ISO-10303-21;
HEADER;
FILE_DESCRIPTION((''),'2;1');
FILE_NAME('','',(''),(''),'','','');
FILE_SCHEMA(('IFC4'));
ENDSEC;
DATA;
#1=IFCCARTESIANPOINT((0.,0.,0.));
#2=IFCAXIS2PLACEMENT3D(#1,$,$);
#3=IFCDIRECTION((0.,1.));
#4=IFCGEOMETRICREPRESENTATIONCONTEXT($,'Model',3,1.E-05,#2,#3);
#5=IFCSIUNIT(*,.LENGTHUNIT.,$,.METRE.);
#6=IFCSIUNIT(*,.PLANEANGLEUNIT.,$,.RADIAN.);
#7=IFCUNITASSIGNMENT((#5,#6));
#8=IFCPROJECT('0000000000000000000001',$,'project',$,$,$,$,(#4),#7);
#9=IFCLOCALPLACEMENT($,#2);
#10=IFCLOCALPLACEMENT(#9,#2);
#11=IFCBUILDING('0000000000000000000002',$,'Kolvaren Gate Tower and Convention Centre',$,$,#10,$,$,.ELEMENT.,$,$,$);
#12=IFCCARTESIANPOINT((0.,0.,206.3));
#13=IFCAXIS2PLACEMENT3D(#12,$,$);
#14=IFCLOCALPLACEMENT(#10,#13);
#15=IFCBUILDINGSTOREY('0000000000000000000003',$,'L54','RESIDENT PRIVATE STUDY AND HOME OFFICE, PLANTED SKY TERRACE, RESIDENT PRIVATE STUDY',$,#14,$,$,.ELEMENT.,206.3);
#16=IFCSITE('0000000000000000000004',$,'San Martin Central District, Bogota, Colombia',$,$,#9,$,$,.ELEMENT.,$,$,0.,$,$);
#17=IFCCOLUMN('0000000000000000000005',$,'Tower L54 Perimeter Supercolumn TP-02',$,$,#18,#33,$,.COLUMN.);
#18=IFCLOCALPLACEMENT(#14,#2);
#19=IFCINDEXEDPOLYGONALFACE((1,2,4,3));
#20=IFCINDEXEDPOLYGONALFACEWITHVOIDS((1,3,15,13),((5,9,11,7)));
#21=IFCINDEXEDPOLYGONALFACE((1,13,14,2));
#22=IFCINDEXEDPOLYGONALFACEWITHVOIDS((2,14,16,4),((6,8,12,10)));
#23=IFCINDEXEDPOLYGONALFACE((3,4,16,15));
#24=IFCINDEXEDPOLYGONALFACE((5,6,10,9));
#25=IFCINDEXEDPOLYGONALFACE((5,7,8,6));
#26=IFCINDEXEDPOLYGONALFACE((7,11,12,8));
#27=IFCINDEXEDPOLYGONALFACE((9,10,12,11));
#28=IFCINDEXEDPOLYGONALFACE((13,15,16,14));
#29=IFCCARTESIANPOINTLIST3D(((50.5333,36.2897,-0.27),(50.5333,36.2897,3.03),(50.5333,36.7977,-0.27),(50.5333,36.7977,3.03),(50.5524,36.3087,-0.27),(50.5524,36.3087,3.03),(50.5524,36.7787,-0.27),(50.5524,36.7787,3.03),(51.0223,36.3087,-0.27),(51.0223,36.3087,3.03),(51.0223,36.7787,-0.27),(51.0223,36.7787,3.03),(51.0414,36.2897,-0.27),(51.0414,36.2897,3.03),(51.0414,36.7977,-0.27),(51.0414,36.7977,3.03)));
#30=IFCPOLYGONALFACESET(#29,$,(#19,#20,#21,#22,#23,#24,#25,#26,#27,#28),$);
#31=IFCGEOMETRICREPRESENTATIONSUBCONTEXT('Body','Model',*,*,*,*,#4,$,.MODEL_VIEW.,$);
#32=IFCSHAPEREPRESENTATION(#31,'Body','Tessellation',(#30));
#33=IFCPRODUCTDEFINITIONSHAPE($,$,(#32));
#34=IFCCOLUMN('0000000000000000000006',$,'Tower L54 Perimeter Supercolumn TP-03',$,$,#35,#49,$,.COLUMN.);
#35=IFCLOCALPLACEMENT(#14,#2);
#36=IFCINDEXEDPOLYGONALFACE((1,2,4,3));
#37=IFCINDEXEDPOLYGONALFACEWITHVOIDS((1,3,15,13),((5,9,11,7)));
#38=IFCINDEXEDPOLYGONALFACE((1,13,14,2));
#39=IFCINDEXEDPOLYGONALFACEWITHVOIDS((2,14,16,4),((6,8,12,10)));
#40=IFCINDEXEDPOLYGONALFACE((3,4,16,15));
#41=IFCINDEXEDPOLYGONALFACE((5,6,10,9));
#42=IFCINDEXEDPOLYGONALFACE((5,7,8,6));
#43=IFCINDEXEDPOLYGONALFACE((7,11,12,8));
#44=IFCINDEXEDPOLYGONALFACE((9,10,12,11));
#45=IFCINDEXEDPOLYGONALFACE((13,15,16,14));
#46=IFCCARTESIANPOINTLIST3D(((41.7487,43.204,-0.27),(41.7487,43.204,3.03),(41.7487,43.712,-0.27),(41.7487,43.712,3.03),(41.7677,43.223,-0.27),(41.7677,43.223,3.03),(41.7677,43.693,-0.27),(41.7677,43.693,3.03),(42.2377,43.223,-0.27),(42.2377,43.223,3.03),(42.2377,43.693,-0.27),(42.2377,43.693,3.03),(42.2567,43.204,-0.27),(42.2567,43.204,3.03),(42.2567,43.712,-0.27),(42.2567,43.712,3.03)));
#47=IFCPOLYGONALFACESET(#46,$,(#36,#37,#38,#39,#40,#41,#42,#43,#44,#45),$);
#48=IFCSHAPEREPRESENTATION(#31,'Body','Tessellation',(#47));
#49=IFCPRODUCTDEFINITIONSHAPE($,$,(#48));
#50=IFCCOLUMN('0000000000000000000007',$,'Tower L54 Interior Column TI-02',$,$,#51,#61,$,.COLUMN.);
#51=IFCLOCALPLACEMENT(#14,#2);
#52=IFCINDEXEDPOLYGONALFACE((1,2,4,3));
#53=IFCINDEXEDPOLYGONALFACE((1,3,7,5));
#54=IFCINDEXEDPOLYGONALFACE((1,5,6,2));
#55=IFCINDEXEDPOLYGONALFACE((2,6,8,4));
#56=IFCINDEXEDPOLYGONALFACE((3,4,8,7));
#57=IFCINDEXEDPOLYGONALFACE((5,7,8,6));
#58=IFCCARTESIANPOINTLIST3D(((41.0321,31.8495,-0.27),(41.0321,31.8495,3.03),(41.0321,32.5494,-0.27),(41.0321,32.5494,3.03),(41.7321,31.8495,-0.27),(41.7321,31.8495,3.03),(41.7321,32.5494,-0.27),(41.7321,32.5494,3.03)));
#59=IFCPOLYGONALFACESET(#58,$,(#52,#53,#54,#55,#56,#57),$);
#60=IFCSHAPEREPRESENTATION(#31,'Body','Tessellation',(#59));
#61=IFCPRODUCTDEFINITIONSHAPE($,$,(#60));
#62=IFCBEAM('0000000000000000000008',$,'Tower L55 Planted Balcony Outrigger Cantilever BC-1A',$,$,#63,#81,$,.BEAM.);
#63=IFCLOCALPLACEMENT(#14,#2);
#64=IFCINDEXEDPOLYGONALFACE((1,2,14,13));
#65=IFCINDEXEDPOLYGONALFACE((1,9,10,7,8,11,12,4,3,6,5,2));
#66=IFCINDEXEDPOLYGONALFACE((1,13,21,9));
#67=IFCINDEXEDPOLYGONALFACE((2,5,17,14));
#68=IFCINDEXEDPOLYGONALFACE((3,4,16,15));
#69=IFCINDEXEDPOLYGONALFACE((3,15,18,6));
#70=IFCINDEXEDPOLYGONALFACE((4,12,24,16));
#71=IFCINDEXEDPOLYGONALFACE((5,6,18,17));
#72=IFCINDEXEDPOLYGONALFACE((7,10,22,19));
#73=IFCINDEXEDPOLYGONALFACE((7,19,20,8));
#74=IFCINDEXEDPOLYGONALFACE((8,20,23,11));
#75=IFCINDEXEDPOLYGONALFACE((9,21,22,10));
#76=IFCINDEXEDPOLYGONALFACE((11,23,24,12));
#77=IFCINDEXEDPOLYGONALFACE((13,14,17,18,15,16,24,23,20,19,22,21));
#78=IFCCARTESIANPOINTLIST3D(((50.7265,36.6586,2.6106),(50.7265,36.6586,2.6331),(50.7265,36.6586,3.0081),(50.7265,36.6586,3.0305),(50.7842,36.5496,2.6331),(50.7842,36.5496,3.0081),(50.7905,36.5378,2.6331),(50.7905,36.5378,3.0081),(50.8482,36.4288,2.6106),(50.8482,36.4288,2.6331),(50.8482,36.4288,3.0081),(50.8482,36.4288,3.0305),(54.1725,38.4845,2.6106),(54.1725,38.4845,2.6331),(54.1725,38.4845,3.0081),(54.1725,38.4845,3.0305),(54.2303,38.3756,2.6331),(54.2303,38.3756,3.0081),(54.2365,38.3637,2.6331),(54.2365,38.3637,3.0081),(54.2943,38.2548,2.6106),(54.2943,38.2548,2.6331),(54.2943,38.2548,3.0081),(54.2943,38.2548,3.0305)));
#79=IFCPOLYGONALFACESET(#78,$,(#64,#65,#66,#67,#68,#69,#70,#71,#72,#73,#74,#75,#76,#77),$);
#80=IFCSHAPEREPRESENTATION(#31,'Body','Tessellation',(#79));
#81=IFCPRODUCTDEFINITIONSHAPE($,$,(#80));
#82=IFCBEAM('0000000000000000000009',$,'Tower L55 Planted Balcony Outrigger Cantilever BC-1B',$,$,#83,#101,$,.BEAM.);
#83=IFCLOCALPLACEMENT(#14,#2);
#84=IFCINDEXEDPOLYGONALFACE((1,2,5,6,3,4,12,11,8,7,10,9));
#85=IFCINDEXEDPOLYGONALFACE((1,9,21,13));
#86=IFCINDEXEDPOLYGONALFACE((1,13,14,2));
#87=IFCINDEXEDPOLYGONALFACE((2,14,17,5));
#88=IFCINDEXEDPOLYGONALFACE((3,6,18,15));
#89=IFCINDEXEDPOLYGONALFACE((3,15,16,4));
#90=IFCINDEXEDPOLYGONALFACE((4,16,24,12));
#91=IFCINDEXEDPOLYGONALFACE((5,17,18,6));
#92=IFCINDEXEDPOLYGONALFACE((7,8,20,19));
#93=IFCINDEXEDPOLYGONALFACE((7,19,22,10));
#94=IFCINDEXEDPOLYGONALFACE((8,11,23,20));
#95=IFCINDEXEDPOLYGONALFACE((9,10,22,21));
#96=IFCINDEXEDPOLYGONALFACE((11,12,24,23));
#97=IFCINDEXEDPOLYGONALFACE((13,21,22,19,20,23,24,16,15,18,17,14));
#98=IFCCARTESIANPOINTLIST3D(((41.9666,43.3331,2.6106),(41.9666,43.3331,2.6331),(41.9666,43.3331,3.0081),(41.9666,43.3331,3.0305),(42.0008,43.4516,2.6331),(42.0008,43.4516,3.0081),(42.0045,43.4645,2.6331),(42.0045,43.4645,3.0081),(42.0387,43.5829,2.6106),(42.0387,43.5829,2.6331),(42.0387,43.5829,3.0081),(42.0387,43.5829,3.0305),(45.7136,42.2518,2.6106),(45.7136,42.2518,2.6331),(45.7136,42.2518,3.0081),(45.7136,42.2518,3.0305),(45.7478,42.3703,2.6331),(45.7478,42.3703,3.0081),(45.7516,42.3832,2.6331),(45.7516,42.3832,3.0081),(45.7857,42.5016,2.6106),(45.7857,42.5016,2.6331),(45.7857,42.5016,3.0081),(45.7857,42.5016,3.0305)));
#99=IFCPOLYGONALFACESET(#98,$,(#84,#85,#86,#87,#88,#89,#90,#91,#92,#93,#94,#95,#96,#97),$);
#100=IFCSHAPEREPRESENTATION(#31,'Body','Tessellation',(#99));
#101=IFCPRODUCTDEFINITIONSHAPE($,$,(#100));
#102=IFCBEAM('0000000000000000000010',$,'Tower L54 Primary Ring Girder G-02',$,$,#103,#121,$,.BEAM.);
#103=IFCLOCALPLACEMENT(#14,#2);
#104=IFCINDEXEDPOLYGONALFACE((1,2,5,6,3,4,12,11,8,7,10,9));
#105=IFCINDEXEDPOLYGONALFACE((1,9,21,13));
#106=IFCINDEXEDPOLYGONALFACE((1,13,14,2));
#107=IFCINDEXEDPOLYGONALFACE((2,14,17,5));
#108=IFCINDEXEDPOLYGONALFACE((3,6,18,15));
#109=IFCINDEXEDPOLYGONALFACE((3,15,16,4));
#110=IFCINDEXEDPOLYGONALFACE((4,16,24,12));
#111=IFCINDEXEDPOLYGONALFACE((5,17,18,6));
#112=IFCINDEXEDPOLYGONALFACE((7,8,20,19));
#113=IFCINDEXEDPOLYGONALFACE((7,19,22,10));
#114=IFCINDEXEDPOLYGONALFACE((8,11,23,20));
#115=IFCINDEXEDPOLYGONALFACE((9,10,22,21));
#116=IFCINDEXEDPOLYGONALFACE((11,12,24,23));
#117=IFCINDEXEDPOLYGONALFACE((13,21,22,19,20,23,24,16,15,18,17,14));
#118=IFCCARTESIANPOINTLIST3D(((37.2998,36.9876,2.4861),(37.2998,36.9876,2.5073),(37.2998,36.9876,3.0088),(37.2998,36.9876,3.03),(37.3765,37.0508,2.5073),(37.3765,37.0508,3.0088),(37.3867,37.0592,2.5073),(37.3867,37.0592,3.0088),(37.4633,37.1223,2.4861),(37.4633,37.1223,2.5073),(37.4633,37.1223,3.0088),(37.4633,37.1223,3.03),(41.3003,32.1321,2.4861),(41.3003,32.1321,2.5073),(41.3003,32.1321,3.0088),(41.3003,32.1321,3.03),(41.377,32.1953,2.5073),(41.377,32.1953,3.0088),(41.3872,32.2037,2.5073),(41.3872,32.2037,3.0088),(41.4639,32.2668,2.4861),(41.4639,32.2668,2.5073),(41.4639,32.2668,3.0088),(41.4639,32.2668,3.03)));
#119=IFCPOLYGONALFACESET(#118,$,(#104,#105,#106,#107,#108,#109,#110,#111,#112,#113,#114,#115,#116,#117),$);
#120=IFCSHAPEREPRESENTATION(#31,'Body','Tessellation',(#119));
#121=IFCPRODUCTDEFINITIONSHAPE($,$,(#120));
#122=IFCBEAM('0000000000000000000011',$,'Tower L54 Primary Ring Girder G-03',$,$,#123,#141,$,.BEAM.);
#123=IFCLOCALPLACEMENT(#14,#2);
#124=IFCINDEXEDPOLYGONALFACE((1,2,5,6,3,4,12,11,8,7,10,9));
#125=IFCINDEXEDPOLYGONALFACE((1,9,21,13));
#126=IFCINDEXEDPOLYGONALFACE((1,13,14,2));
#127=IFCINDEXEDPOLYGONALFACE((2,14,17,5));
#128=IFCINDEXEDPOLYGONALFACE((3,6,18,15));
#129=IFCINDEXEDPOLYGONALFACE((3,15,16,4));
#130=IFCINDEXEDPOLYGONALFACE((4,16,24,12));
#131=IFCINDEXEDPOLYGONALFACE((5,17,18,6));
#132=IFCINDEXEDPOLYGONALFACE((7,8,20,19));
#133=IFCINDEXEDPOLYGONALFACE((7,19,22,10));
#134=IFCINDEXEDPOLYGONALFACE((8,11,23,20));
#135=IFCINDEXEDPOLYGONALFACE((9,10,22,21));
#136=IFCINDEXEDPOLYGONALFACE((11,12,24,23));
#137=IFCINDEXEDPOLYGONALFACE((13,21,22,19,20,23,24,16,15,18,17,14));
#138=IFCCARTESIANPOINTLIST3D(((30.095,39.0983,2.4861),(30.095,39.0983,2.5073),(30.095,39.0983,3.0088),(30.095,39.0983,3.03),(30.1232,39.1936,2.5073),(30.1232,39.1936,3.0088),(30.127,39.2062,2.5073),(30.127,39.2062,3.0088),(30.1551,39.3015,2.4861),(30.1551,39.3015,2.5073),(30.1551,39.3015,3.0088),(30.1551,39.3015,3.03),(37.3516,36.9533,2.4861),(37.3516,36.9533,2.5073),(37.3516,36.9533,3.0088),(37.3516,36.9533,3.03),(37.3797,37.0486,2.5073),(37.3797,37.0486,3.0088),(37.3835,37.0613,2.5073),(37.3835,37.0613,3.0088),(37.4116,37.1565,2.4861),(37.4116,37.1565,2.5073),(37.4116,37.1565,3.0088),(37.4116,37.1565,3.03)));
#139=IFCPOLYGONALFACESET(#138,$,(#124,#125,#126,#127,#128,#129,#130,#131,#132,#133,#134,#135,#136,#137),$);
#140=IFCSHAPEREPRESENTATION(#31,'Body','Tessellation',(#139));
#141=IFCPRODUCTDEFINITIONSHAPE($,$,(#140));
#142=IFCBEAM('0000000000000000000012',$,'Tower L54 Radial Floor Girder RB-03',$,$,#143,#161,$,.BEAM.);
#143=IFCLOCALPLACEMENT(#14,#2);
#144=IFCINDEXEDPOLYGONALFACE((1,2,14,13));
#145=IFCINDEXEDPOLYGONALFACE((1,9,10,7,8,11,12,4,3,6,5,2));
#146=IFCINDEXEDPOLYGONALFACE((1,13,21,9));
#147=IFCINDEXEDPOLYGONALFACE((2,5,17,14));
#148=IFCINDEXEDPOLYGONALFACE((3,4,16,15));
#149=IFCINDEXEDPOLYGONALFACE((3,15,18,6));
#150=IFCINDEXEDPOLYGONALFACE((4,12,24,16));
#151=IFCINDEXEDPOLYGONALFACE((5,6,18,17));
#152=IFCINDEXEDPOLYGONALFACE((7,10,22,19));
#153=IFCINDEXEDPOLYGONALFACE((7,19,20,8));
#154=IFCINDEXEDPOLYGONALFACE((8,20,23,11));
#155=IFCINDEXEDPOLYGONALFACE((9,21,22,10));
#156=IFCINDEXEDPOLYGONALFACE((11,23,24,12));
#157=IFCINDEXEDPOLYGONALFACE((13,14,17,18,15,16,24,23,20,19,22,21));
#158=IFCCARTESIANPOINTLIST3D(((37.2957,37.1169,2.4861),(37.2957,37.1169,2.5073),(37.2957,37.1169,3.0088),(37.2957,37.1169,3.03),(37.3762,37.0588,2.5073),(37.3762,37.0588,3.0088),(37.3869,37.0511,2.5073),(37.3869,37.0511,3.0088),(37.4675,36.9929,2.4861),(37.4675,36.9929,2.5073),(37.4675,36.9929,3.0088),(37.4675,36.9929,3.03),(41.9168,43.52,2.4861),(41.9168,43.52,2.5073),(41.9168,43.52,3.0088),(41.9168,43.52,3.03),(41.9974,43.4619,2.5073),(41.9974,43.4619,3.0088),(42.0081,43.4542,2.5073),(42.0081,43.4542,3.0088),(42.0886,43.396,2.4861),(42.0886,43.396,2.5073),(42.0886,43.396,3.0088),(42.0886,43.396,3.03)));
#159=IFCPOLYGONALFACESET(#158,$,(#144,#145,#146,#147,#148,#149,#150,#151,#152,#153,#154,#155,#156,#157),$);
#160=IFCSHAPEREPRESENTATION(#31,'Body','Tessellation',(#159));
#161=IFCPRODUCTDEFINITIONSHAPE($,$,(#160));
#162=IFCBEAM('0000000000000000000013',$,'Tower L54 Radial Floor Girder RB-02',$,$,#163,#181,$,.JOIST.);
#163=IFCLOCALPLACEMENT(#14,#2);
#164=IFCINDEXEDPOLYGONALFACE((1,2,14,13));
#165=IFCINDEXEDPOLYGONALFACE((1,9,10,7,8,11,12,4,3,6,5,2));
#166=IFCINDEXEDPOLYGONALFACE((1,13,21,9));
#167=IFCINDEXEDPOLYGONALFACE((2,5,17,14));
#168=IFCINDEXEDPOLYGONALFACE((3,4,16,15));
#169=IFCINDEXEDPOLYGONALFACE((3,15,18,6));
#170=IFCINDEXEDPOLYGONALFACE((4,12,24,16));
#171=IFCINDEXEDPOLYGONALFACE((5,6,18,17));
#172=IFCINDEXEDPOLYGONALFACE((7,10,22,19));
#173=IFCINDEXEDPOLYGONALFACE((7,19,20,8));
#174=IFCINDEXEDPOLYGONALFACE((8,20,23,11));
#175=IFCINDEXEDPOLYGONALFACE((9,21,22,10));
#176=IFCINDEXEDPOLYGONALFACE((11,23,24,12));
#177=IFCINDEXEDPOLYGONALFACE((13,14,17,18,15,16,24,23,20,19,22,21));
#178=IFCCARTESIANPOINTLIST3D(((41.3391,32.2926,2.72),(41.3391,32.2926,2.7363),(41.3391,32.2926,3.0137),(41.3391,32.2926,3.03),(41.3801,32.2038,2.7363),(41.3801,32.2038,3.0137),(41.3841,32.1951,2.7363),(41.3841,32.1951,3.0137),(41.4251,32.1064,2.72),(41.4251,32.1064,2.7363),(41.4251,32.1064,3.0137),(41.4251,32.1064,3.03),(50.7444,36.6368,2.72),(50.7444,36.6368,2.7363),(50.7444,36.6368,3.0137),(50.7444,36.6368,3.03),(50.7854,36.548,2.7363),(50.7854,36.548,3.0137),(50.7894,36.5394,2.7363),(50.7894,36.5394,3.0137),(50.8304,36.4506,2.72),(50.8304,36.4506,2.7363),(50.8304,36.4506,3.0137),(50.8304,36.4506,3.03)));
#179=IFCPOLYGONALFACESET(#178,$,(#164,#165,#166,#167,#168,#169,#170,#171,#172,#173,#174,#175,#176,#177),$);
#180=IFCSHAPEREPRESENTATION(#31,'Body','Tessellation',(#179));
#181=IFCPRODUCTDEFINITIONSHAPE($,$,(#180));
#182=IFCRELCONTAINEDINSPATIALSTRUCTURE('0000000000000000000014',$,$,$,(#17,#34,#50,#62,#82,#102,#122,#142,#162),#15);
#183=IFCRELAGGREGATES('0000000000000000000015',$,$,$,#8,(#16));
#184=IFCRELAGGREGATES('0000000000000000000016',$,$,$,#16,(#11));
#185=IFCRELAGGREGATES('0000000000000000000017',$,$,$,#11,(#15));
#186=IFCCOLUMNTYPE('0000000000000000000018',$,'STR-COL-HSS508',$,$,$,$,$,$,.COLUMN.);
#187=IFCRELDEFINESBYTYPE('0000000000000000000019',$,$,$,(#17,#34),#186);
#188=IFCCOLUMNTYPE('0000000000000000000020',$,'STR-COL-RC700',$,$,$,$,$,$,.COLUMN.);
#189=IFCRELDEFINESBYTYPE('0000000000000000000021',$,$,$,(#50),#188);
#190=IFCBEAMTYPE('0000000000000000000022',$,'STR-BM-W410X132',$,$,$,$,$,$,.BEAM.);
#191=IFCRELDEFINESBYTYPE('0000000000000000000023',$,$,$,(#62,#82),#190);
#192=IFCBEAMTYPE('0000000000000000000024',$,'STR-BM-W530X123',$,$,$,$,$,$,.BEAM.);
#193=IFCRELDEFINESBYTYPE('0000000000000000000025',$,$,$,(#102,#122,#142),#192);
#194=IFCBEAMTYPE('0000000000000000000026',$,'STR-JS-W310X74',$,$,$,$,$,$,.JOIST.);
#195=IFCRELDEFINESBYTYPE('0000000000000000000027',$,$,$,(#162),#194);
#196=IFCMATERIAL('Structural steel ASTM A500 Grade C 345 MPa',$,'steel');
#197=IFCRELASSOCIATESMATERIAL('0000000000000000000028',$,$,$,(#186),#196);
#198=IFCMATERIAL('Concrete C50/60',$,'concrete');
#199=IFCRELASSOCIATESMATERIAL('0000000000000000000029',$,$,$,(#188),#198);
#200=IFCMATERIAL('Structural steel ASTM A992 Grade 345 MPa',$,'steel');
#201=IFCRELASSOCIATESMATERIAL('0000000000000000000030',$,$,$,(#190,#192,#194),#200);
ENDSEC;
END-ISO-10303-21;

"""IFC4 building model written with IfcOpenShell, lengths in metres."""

from ifc_helpers import new_model, si_unit, direction, frame, origin, origin_2d, place, context, subcontext, project, spatial, rectangle, hollow_rectangle, i_section, extrude, material, material_profile, profile_set, type_object, element, save


model = new_model("IFC4")

# Units and contexts
model_context = context("Model", 3, precision=1e-05, world=origin(), true_north=direction((0.0, 1.0)))
body_context = subcontext(model_context, "Body", "Model", "MODEL_VIEW")
ifc_project = project(units=[si_unit("LENGTHUNIT", "METRE"), si_unit("PLANEANGLEUNIT", "RADIAN")], contexts=[model_context])

# Site, building, storey
site_placement = place(None, origin())
site = spatial("IfcSite", under=ifc_project, at=site_placement, Name="San Martin Central District, Bogota, Colombia", CompositionType="ELEMENT", RefElevation=0.0)
building_placement = place(site_placement, origin())
building = spatial("IfcBuilding", under=site, at=building_placement, Name="Kolvaren Gate Tower and Convention Centre", CompositionType="ELEMENT")
storey_placement = place(building_placement, frame((0.0, 0.0, 206.3)))
storey = spatial("IfcBuildingStorey", under=building, at=storey_placement, Name="L54", Description="RESIDENT PRIVATE STUDY AND HOME OFFICE, PLANTED SKY TERRACE, RESIDENT PRIVATE STUDY", CompositionType="ELEMENT", Elevation=206.3)

# Columns
ifc_material_1 = material(Name="Structural steel ASTM A500 Grade C 345 MPa", Category="steel")
ifc_material_profile_1 = material_profile(ifc_material_1, hollow_rectangle(XDim=0.5081, YDim=0.5081, WallThickness=0.019, at=origin_2d()), Name="HSS508X508X19.1")
ifc_profile_set_1 = profile_set([ifc_material_profile_1], Name="Structural steel ASTM A500 Grade C 345 MPa")
column_type_1 = type_object("IfcColumnType", Name="STR-COL-HSS508", PredefinedType="COLUMN", material=ifc_profile_set_1)
for number, where, z_axis, x_axis, name in (
    (1, (50.7874, 36.5437, -0.27), (0.0, 0.0, 1.0), (1.0, 0.0, 0.0), "Tower L54 Perimeter Supercolumn TP-02"),
    (2, (42.0027, 43.458, -0.27), (0.0, 0.0, 1.0), (1.0, 0.0, 0.0), "Tower L54 Perimeter Supercolumn TP-03"),
):
    element("IfcColumn", number, at=place(storey_placement, frame(where, z_axis=z_axis, x_axis=x_axis)), inside=storey, type_object=column_type_1, Name=name, PredefinedType="COLUMN", context=body_context, shape_type="SweptSolid", body=[
        extrude(hollow_rectangle(XDim=0.5081, YDim=0.5081, WallThickness=0.019, at=origin_2d()), origin(), (0.0, 0.0, 1.0), 3.3),
    ])
ifc_material_2 = material(Name="Concrete C50/60", Category="concrete")
ifc_material_profile_2 = material_profile(ifc_material_2, rectangle(XDim=0.7, YDim=0.7, at=origin_2d()), Name="RC-COL-700X700")
ifc_profile_set_2 = profile_set([ifc_material_profile_2], Name="Concrete C50/60")
column_type_2 = type_object("IfcColumnType", Name="STR-COL-RC700", PredefinedType="COLUMN", material=ifc_profile_set_2)
column_placement = place(storey_placement, frame((41.3821, 32.1995, -0.27), z_axis=(0.0, 0.0, 1.0), x_axis=(1.0, 0.0, 0.0)))
element("IfcColumn", 3, at=column_placement, inside=storey, type_object=column_type_2, Name="Tower L54 Interior Column TI-02", PredefinedType="COLUMN", context=body_context, shape_type="SweptSolid", body=[
    extrude(rectangle(XDim=0.7, YDim=0.7, at=origin_2d()), origin(), (0.0, 0.0, 1.0), 3.3),
])

# Beams
ifc_material_3 = material(Name="Structural steel ASTM A992 Grade 345 MPa", Category="steel")
ifc_material_profile_3 = material_profile(ifc_material_3, i_section(OverallWidth=0.26, OverallDepth=0.4199, WebThickness=0.0134, FlangeThickness=0.0225, at=origin_2d()), Name="W410X132")
ifc_profile_set_3 = profile_set([ifc_material_profile_3], Name="Structural steel ASTM A992 Grade 345 MPa")
beam_type_1 = type_object("IfcBeamType", Name="STR-BM-W410X132", PredefinedType="BEAM", material=ifc_profile_set_3)
for number, where, z_axis, x_axis, name in (
    (4, (50.7874, 36.5437, 2.8206), (0.883623, 0.468198, 0.0), (-0.468198, 0.883623, 0.0), "Tower L55 Planted Balcony Outrigger Cantilever BC-1A"),
    (5, (42.0027, 43.458, 2.8206), (0.960795, -0.277258, 0.0), (0.277258, 0.960795, 0.0), "Tower L55 Planted Balcony Outrigger Cantilever BC-1B"),
):
    element("IfcBeam", number, at=place(storey_placement, frame(where, z_axis=z_axis, x_axis=x_axis)), inside=storey, type_object=beam_type_1, Name=name, PredefinedType="BEAM", context=body_context, shape_type="SweptSolid", body=[
        extrude(i_section(OverallWidth=0.26, OverallDepth=0.4199, WebThickness=0.0134, FlangeThickness=0.0225, at=origin_2d()), origin(), (0.0, 0.0, 1.0), 3.8999),
    ])
ifc_material_profile_4 = material_profile(ifc_material_3, i_section(OverallWidth=0.2119, OverallDepth=0.5439, WebThickness=0.0132, FlangeThickness=0.0212, at=origin_2d()), Name="W530X123")
ifc_profile_set_4 = profile_set([ifc_material_profile_4], Name="Structural steel ASTM A992 Grade 345 MPa")
beam_type_2 = type_object("IfcBeamType", Name="STR-BM-W530X123", PredefinedType="BEAM", material=ifc_profile_set_4)
beam_1_placement = place(storey_placement, frame((41.3821, 32.1995, 2.7581), z_axis=(-0.635884, 0.771785, 0.0), x_axis=(-0.771785, -0.635884, 0.0)))
element("IfcBeam", 6, at=beam_1_placement, inside=storey, type_object=beam_type_2, Name="Tower L54 Primary Ring Girder G-02", PredefinedType="BEAM", context=body_context, shape_type="SweptSolid", body=[
    extrude(i_section(OverallWidth=0.2119, OverallDepth=0.5439, WebThickness=0.0132, FlangeThickness=0.0212, at=origin_2d()), origin(), (0.0, 0.0, 1.0), 6.2913),
])
beam_2_placement = place(storey_placement, frame((37.3816, 37.0549, 2.7581), z_axis=(-0.958981, 0.283471, 0.0), x_axis=(-0.283471, -0.958981, 0.0)))
element("IfcBeam", 7, at=beam_2_placement, inside=storey, type_object=beam_type_2, Name="Tower L54 Primary Ring Girder G-03", PredefinedType="BEAM", context=body_context, shape_type="SweptSolid", body=[
    extrude(i_section(OverallWidth=0.2119, OverallDepth=0.5439, WebThickness=0.0132, FlangeThickness=0.0212, at=origin_2d()), origin(), (0.0, 0.0, 1.0), 7.5669),
])
beam_3_placement = place(storey_placement, frame((37.3816, 37.0549, 2.7581), z_axis=(0.585212, 0.810881, 0.0), x_axis=(-0.810881, 0.585212, 0.0)))
element("IfcBeam", 8, at=beam_3_placement, inside=storey, type_object=beam_type_2, Name="Tower L54 Radial Floor Girder RB-03", PredefinedType="BEAM", context=body_context, shape_type="SweptSolid", body=[
    extrude(i_section(OverallWidth=0.2119, OverallDepth=0.5439, WebThickness=0.0132, FlangeThickness=0.0212, at=origin_2d()), origin(), (0.0, 0.0, 1.0), 7.8965),
])
ifc_material_profile_5 = material_profile(ifc_material_3, i_section(OverallWidth=0.2051, OverallDepth=0.3101, WebThickness=0.0095, FlangeThickness=0.0164, at=origin_2d()), Name="W310X74")
ifc_profile_set_5 = profile_set([ifc_material_profile_5], Name="Structural steel ASTM A992 Grade 345 MPa")
beam_type_3 = type_object("IfcBeamType", Name="STR-JS-W310X74", PredefinedType="JOIST", material=ifc_profile_set_5)
beam_4_placement = place(storey_placement, frame((41.3821, 32.1995, 2.875), z_axis=(0.907837, 0.419324, 0.0), x_axis=(-0.419324, 0.907837, 0.0)))
element("IfcBeam", 9, at=beam_4_placement, inside=storey, type_object=beam_type_3, Name="Tower L54 Radial Floor Girder RB-02", PredefinedType="JOIST", context=body_context, shape_type="SweptSolid", body=[
    extrude(i_section(OverallWidth=0.2051, OverallDepth=0.3101, WebThickness=0.0095, FlangeThickness=0.0164, at=origin_2d()), origin(), (0.0, 0.0, 1.0), 10.3601),
])

save(model, "model.ifc")
